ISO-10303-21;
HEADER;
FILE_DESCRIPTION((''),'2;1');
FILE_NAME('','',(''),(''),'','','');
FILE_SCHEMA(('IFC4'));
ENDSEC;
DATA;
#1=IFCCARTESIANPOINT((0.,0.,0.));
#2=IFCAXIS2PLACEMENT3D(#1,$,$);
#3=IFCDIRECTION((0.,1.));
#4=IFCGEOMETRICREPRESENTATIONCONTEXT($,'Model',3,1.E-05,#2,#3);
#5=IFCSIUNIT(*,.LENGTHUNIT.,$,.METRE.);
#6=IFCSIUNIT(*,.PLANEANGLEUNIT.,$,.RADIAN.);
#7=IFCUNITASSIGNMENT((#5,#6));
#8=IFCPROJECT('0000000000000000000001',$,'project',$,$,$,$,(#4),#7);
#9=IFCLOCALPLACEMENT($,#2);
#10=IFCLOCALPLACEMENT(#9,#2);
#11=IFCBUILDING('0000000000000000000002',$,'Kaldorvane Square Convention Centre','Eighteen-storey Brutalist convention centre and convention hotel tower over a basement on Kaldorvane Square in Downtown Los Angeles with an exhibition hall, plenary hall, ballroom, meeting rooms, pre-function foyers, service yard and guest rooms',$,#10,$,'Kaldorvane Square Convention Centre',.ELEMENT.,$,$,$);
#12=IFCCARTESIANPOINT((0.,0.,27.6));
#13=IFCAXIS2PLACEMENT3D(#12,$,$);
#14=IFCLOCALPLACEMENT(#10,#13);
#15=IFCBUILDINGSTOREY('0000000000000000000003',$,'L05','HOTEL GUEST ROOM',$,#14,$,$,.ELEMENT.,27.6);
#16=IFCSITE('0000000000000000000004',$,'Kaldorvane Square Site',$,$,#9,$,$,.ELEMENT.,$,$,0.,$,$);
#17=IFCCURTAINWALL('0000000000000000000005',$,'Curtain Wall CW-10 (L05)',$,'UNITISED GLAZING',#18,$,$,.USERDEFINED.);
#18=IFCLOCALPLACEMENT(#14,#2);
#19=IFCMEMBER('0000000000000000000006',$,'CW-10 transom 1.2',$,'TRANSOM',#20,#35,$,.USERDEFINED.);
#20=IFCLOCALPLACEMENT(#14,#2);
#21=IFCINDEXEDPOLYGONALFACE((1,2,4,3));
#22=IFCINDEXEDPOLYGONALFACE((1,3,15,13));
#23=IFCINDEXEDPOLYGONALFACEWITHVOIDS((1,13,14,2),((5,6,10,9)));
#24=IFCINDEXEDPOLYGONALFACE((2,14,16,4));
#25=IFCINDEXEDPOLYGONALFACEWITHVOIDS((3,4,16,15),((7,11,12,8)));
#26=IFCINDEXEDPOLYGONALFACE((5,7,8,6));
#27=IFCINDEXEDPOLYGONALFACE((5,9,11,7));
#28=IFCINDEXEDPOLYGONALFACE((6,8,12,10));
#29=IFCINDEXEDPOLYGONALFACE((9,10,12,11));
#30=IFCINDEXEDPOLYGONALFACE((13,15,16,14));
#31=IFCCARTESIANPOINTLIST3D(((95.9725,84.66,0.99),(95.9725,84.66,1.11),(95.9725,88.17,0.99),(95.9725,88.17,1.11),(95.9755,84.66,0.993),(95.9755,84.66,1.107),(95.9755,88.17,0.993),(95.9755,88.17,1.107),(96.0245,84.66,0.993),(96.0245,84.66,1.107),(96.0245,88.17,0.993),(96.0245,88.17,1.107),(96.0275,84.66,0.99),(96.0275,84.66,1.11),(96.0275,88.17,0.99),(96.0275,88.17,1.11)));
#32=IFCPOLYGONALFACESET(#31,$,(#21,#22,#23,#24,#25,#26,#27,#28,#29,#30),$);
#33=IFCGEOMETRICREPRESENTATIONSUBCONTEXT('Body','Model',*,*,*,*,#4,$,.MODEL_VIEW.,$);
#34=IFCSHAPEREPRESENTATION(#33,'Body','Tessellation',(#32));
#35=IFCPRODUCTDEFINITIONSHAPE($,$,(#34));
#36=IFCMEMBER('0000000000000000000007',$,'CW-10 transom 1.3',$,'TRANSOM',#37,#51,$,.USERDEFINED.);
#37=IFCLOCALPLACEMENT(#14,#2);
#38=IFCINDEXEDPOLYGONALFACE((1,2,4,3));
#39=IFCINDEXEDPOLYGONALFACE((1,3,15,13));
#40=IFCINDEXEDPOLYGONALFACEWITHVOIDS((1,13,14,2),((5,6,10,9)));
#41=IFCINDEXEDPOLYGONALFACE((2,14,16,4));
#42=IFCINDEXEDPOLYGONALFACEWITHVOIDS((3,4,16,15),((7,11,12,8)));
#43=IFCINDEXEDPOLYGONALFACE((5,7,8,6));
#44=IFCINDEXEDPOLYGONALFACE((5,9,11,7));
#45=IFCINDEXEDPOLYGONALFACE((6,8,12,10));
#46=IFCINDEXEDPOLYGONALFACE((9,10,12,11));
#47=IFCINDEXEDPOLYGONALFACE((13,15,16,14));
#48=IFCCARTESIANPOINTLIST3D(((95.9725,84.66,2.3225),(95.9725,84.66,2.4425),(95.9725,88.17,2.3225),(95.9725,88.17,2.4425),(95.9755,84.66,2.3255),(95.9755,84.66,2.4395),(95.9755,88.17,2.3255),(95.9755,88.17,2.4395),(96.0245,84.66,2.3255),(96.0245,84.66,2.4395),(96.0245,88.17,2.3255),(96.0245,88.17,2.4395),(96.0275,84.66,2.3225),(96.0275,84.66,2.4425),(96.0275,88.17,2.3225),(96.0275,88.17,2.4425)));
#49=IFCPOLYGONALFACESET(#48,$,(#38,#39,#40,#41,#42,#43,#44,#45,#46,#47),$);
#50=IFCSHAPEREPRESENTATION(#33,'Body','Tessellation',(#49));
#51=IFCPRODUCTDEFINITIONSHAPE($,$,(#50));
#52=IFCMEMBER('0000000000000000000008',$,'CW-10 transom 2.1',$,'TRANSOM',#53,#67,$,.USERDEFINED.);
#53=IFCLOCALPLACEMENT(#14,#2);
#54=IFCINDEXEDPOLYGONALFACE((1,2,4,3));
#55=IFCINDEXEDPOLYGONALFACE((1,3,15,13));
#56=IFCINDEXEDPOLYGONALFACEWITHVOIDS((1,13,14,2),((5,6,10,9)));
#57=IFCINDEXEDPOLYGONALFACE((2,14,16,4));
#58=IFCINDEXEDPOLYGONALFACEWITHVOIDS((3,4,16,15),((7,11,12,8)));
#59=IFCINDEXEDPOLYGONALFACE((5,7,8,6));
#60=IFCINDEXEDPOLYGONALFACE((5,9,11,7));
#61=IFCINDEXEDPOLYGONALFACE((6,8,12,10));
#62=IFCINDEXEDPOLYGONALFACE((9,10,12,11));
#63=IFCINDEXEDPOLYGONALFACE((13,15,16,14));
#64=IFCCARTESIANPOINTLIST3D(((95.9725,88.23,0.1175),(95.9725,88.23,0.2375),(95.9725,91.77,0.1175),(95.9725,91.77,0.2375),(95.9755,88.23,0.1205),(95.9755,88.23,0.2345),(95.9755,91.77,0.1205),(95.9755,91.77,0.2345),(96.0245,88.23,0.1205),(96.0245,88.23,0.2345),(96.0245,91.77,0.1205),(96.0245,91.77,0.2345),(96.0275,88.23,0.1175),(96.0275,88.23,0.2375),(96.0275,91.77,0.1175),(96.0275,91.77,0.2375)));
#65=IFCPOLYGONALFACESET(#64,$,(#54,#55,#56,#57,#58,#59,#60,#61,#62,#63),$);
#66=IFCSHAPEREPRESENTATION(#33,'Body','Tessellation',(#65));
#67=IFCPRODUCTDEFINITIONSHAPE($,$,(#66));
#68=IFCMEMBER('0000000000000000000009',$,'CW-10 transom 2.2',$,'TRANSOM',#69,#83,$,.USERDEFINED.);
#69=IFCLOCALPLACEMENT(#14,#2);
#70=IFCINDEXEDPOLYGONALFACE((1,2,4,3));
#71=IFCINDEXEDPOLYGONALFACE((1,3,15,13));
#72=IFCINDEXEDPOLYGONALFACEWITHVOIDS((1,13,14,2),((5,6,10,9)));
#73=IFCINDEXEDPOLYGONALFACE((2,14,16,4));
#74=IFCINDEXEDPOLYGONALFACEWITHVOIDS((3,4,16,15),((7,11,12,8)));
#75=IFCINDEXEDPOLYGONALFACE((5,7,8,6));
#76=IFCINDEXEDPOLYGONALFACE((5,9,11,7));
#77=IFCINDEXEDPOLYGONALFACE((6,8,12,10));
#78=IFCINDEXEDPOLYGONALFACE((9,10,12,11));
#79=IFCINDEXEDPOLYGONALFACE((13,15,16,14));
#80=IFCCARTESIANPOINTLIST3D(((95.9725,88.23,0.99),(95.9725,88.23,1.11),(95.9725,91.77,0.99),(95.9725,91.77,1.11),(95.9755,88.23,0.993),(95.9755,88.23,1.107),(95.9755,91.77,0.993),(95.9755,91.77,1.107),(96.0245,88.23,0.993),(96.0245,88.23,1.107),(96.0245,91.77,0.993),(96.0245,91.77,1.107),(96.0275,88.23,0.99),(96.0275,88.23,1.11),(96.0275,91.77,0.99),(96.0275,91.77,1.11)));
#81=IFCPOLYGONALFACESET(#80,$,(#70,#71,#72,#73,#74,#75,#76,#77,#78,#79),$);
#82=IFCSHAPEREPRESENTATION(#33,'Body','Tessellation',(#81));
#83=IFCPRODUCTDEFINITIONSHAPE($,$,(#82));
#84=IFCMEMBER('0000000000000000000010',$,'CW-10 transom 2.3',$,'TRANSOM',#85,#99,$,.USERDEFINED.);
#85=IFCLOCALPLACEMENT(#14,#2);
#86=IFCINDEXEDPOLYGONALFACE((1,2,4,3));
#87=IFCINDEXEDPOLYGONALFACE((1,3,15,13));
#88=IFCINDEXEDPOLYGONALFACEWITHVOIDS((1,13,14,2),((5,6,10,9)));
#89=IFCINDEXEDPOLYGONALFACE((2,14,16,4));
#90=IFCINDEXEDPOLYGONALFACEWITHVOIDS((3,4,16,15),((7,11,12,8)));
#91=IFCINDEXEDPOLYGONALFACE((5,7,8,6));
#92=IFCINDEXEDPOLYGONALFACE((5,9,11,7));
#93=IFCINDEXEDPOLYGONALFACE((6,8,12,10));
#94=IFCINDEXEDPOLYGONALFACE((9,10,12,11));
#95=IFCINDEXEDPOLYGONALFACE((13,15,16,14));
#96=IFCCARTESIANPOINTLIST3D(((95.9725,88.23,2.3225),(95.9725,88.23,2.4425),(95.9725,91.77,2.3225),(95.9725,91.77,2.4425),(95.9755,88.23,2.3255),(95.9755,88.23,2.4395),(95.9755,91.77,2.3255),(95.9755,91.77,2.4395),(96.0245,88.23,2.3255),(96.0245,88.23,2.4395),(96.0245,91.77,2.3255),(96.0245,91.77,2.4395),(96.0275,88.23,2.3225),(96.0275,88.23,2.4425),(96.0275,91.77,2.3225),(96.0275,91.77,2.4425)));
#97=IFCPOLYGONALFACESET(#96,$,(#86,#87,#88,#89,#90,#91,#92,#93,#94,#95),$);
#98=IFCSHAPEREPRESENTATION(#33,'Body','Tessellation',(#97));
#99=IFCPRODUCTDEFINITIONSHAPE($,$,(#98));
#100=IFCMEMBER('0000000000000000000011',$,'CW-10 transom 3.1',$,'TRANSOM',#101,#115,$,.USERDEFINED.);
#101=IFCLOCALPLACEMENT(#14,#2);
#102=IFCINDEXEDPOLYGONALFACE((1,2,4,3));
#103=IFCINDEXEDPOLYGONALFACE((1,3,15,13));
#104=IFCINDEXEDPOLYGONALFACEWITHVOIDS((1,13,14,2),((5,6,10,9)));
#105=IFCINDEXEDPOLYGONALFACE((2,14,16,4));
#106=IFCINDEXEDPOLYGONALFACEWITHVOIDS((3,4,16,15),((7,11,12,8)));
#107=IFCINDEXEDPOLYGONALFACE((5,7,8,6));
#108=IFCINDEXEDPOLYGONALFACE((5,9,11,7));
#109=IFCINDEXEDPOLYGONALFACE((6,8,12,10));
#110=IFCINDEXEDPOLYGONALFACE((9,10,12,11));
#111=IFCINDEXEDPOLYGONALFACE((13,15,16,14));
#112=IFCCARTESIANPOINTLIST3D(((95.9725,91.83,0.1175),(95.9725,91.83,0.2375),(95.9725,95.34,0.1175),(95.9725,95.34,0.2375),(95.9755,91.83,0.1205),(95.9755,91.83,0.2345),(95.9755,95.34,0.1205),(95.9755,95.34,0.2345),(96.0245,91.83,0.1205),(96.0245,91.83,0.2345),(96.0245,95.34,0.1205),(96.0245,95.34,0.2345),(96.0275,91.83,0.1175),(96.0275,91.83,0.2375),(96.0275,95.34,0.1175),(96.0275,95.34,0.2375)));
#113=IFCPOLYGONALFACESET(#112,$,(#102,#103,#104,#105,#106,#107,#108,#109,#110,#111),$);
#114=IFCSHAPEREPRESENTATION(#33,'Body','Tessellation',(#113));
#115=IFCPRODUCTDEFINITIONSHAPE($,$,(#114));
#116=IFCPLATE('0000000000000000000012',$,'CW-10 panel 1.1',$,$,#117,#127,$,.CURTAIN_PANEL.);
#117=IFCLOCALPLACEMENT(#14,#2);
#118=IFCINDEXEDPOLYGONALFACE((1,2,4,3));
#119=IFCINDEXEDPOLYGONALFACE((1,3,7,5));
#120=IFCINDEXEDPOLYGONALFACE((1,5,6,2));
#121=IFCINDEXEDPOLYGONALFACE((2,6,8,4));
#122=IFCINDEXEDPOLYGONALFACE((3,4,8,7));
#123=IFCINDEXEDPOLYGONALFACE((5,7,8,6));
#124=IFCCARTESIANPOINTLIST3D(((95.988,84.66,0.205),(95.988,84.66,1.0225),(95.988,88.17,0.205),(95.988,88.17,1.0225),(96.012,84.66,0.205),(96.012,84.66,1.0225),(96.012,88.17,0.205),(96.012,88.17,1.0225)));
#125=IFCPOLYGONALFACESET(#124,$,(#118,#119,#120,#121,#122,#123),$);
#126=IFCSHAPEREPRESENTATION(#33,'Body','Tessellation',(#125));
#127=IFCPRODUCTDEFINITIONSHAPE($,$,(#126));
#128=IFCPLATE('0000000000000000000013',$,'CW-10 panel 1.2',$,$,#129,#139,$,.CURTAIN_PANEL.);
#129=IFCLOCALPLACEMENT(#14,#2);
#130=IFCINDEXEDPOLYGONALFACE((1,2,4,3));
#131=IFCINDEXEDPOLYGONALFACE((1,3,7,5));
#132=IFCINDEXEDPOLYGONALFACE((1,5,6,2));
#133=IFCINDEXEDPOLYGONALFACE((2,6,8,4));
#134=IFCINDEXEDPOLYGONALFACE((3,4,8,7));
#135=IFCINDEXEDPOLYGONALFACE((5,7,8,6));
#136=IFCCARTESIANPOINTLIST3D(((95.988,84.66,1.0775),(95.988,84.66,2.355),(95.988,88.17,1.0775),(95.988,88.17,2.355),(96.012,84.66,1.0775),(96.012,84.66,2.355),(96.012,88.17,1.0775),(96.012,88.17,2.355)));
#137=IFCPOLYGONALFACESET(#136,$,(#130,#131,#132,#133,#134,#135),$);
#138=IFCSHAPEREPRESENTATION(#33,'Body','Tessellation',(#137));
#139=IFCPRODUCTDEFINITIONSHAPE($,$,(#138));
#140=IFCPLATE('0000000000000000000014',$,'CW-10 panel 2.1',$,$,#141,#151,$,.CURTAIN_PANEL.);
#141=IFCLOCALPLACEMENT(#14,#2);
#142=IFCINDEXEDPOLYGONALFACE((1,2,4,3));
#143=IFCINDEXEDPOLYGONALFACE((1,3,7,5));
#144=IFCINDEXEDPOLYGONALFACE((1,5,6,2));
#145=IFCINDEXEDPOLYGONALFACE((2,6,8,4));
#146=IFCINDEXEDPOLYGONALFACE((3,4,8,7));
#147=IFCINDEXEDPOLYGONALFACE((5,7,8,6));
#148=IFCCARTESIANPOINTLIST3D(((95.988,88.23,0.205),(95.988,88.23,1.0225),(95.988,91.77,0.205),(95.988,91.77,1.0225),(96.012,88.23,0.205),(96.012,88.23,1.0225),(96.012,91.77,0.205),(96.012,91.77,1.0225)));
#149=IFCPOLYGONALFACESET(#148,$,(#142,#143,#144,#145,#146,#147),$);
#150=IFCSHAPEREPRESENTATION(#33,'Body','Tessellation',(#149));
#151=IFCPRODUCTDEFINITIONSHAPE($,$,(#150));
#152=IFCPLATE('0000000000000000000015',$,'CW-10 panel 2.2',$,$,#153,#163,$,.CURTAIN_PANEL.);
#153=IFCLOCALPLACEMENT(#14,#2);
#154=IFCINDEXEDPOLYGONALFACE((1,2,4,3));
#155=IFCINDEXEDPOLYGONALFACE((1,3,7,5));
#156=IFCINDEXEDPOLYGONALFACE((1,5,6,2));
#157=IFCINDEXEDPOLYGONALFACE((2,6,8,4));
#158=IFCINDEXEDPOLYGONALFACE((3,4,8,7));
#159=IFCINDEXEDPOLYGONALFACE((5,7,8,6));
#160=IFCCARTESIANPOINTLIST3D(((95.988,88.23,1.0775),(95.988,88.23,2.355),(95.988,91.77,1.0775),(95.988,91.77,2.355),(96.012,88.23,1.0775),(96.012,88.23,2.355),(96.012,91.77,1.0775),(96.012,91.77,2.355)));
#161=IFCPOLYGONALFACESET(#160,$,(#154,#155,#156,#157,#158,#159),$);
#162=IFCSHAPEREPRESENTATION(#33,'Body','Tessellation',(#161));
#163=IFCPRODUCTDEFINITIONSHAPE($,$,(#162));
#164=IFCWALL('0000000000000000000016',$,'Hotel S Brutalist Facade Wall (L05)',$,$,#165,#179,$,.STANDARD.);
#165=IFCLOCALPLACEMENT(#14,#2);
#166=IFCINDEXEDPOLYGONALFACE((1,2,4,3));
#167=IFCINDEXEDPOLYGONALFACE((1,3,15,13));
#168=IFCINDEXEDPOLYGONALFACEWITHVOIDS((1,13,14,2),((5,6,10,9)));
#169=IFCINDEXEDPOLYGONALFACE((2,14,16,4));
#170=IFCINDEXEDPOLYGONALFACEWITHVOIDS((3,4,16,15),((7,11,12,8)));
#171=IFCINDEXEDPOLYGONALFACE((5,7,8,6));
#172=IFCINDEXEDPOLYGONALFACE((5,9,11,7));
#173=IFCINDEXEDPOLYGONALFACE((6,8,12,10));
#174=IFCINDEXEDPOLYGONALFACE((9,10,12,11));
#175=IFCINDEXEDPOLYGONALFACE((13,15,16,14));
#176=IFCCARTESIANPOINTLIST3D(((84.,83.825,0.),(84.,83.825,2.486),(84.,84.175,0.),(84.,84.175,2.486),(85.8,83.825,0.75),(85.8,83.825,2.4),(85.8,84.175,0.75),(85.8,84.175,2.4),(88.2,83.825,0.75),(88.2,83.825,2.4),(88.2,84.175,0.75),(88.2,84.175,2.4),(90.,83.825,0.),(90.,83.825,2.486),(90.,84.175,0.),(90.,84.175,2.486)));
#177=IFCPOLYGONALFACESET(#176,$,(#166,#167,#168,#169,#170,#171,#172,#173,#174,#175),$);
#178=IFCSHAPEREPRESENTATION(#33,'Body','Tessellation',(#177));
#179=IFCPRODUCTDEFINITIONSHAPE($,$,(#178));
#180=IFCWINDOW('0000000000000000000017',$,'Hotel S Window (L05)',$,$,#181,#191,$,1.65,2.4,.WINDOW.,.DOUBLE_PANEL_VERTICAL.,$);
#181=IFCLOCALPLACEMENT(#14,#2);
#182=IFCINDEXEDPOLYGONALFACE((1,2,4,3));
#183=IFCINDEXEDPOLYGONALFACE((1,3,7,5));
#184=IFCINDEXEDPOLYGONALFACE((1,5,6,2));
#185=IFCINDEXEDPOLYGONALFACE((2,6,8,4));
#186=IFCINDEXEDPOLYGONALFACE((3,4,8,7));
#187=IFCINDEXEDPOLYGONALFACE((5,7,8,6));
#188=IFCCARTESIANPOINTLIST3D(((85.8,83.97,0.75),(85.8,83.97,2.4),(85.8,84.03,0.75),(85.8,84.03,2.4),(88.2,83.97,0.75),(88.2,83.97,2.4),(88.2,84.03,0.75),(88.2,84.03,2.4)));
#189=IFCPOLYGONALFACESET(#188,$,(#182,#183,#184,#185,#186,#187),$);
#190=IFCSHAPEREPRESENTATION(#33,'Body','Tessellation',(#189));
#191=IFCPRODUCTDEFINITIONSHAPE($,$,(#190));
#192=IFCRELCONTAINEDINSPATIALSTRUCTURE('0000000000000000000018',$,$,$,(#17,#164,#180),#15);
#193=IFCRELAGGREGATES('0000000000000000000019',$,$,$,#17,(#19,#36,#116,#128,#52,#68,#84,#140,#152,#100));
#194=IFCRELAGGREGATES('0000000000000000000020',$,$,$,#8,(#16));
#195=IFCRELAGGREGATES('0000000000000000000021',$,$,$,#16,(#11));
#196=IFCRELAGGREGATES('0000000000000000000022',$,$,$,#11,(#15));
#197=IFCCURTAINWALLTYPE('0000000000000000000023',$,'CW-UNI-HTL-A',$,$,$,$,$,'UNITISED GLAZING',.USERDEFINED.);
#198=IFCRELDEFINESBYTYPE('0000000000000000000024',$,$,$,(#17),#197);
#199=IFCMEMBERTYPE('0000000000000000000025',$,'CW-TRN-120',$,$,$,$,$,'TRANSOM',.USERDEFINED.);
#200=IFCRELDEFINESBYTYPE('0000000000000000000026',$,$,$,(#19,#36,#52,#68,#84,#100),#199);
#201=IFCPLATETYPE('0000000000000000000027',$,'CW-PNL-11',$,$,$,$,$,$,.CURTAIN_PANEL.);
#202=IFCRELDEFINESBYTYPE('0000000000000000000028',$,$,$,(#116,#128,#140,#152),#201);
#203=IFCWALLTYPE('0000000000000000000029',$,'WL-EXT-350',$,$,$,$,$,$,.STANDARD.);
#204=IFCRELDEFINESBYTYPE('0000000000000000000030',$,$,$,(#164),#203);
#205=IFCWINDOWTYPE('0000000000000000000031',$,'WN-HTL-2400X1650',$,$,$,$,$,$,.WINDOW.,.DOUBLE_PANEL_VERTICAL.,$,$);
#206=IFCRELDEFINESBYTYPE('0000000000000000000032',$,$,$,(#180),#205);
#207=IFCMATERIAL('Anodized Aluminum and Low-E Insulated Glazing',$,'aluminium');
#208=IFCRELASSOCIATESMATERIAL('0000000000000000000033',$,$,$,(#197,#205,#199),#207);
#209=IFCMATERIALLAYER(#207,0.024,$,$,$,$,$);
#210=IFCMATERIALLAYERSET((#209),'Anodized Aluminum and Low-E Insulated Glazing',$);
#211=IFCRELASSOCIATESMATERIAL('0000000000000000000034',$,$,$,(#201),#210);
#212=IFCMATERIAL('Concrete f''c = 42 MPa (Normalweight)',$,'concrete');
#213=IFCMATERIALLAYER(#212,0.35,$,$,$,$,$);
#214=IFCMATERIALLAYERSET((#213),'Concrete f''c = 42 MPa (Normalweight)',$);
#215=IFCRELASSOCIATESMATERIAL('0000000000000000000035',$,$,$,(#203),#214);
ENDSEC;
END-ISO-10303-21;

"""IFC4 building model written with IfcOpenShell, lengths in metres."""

from ifc_helpers import new_model, si_unit, direction, frame, frame_2d, origin, origin_2d, place, context, subcontext, project, spatial, rectangle, hollow_rectangle, extrude, material, layer, layer_set, material_profile, profile_set, type_object, element, fill, aggregate, save


model = new_model("IFC4")

# Units and contexts
model_context = context("Model", 3, precision=1e-05, world=origin(), true_north=direction((0.0, 1.0)))
body_context = subcontext(model_context, "Body", "Model", "MODEL_VIEW")
ifc_project = project(units=[si_unit("LENGTHUNIT", "METRE"), si_unit("PLANEANGLEUNIT", "RADIAN")], contexts=[model_context])

# Site, building, storey
site_placement = place(None, origin())
site = spatial("IfcSite", under=ifc_project, at=site_placement, Name="Kaldorvane Square Site", CompositionType="ELEMENT", RefElevation=0.0)
building_placement = place(site_placement, origin())
building = spatial("IfcBuilding", under=site, at=building_placement, Name="Kaldorvane Square Convention Centre", Description="Eighteen-storey Brutalist convention centre and convention hotel tower over a basement on Kaldorvane Square in Downtown Los Angeles with an exhibition hall, plenary hall, ballroom, meeting rooms, pre-function foyers, service yard and guest rooms", LongName="Kaldorvane Square Convention Centre", CompositionType="ELEMENT")
storey_placement = place(building_placement, frame((0.0, 0.0, 27.6)))
storey = spatial("IfcBuildingStorey", under=building, at=storey_placement, Name="L05", Description="HOTEL GUEST ROOM", CompositionType="ELEMENT", Elevation=27.6)

# Shared definitions
ifc_material_1 = material(Name="Concrete f'c = 42 MPa (Normalweight)", Category="concrete")

# Curtain wall, members, plates
ifc_material_2 = material(Name="Anodized Aluminum and Low-E Insulated Glazing", Category="aluminium")
curtain_wall_type = type_object("IfcCurtainWallType", Name="CW-UNI-HTL-A", ElementType="UNITISED GLAZING", PredefinedType="USERDEFINED", material=ifc_material_2)
curtain_wall_placement = place(storey_placement, origin())
curtain_wall = element("IfcCurtainWall", 1, at=curtain_wall_placement, inside=storey, type_object=curtain_wall_type, Name="Curtain Wall CW-10 (L05)", ObjectType="UNITISED GLAZING", PredefinedType="USERDEFINED")
ifc_material_profile_1 = material_profile(ifc_material_2, hollow_rectangle(XDim=0.055, YDim=0.12, WallThickness=0.003, at=origin_2d()), Name="CWT-120X55")
ifc_profile_set_1 = profile_set([ifc_material_profile_1], Name="Anodized Aluminum and Low-E Insulated Glazing")
member_type_1 = type_object("IfcMemberType", Name="CW-TRN-120", ElementType="TRANSOM", PredefinedType="USERDEFINED", material=ifc_profile_set_1)
member_1_placement = place(storey_placement, frame((96.0, 84.66, 1.05), z_axis=(0.0, 1.0, 0.0), x_axis=(-1.0, 0.0, 0.0)))
member_1 = element("IfcMember", 2, at=member_1_placement, type_object=member_type_1, Name="CW-10 transom 1.2", ObjectType="TRANSOM", PredefinedType="USERDEFINED", context=body_context, shape_type="SweptSolid", body=[
    extrude(hollow_rectangle(XDim=0.055, YDim=0.12, WallThickness=0.003, at=origin_2d()), origin(), (0.0, 0.0, 1.0), 3.51),
])
member_2_placement = place(storey_placement, frame((96.0, 84.66, 2.3825), z_axis=(0.0, 1.0, 0.0), x_axis=(-1.0, 0.0, 0.0)))
member_2 = element("IfcMember", 3, at=member_2_placement, type_object=member_type_1, Name="CW-10 transom 1.3", ObjectType="TRANSOM", PredefinedType="USERDEFINED", context=body_context, shape_type="SweptSolid", body=[
    extrude(hollow_rectangle(XDim=0.055, YDim=0.12, WallThickness=0.003, at=origin_2d()), origin(), (0.0, 0.0, 1.0), 3.51),
])
member_3_placement = place(storey_placement, frame((96.0, 88.23, 0.1775), z_axis=(0.0, 1.0, 0.0), x_axis=(-1.0, 0.0, 0.0)))
member_3 = element("IfcMember", 4, at=member_3_placement, type_object=member_type_1, Name="CW-10 transom 2.1", ObjectType="TRANSOM", PredefinedType="USERDEFINED", context=body_context, shape_type="SweptSolid", body=[
    extrude(hollow_rectangle(XDim=0.055, YDim=0.12, WallThickness=0.003, at=origin_2d()), origin(), (0.0, 0.0, 1.0), 3.54),
])
member_4_placement = place(storey_placement, frame((96.0, 88.23, 1.05), z_axis=(0.0, 1.0, 0.0), x_axis=(-1.0, 0.0, 0.0)))
member_4 = element("IfcMember", 5, at=member_4_placement, type_object=member_type_1, Name="CW-10 transom 2.2", ObjectType="TRANSOM", PredefinedType="USERDEFINED", context=body_context, shape_type="SweptSolid", body=[
    extrude(hollow_rectangle(XDim=0.055, YDim=0.12, WallThickness=0.003, at=origin_2d()), origin(), (0.0, 0.0, 1.0), 3.54),
])
member_5_placement = place(storey_placement, frame((96.0, 88.23, 2.3825), z_axis=(0.0, 1.0, 0.0), x_axis=(-1.0, 0.0, 0.0)))
member_5 = element("IfcMember", 6, at=member_5_placement, type_object=member_type_1, Name="CW-10 transom 2.3", ObjectType="TRANSOM", PredefinedType="USERDEFINED", context=body_context, shape_type="SweptSolid", body=[
    extrude(hollow_rectangle(XDim=0.055, YDim=0.12, WallThickness=0.003, at=origin_2d()), origin(), (0.0, 0.0, 1.0), 3.54),
])
member_6_placement = place(storey_placement, frame((96.0, 91.83, 0.1775), z_axis=(0.0, 1.0, 0.0), x_axis=(-1.0, 0.0, 0.0)))
member_6 = element("IfcMember", 7, at=member_6_placement, type_object=member_type_1, Name="CW-10 transom 3.1", ObjectType="TRANSOM", PredefinedType="USERDEFINED", context=body_context, shape_type="SweptSolid", body=[
    extrude(hollow_rectangle(XDim=0.055, YDim=0.12, WallThickness=0.003, at=origin_2d()), origin(), (0.0, 0.0, 1.0), 3.51),
])
ifc_layer_1 = layer(ifc_material_2, 0.024)
ifc_layer_set_1 = layer_set([ifc_layer_1], Name="Anodized Aluminum and Low-E Insulated Glazing")
plate_type = type_object("IfcPlateType", Name="CW-PNL-11", PredefinedType="CURTAIN_PANEL", material=ifc_layer_set_1)
plate_1_placement = place(storey_placement, frame((96.0, 86.415, 0.205), z_axis=(0.0, 0.0, 1.0), x_axis=(0.0, 1.0, 0.0)))
plate_1 = element("IfcPlate", 8, at=plate_1_placement, type_object=plate_type, Name="CW-10 panel 1.1", PredefinedType="CURTAIN_PANEL", context=body_context, shape_type="SweptSolid", body=[
    extrude(rectangle(XDim=3.51, YDim=0.024, at=origin_2d()), origin(), (0.0, 0.0, 1.0), 0.8175),
])
plate_2_placement = place(storey_placement, frame((96.0, 86.415, 1.0775), z_axis=(0.0, 0.0, 1.0), x_axis=(0.0, 1.0, 0.0)))
plate_2 = element("IfcPlate", 9, at=plate_2_placement, type_object=plate_type, Name="CW-10 panel 1.2", PredefinedType="CURTAIN_PANEL", context=body_context, shape_type="SweptSolid", body=[
    extrude(rectangle(XDim=3.51, YDim=0.024, at=origin_2d()), origin(), (0.0, 0.0, 1.0), 1.2775),
])
plate_3_placement = place(storey_placement, frame((96.0, 90.0, 0.205), z_axis=(0.0, 0.0, 1.0), x_axis=(0.0, 1.0, 0.0)))
plate_3 = element("IfcPlate", 10, at=plate_3_placement, type_object=plate_type, Name="CW-10 panel 2.1", PredefinedType="CURTAIN_PANEL", context=body_context, shape_type="SweptSolid", body=[
    extrude(rectangle(XDim=3.54, YDim=0.024, at=origin_2d()), origin(), (0.0, 0.0, 1.0), 0.8175),
])
plate_4_placement = place(storey_placement, frame((96.0, 90.0, 1.0775), z_axis=(0.0, 0.0, 1.0), x_axis=(0.0, 1.0, 0.0)))
plate_4 = element("IfcPlate", 11, at=plate_4_placement, type_object=plate_type, Name="CW-10 panel 2.2", PredefinedType="CURTAIN_PANEL", context=body_context, shape_type="SweptSolid", body=[
    extrude(rectangle(XDim=3.54, YDim=0.024, at=origin_2d()), origin(), (0.0, 0.0, 1.0), 1.2775),
])
aggregate(curtain_wall, [member_1, member_2, plate_1, plate_2, member_3, member_4, member_5, plate_3, plate_4, member_6])

# Wall, opening, window
ifc_layer_2 = layer(ifc_material_1, 0.35)
ifc_layer_set_2 = layer_set([ifc_layer_2], Name="Concrete f'c = 42 MPa (Normalweight)")
wall_type_1 = type_object("IfcWallType", Name="WL-EXT-350", PredefinedType="STANDARD", material=ifc_layer_set_2)
wall_1_placement = place(storey_placement, frame((84.0, 84.0, 0.0), z_axis=(0.0, 0.0, 1.0), x_axis=(1.0, 0.0, 0.0)))
wall_1 = element("IfcWall", 12, at=wall_1_placement, inside=storey, type_object=wall_type_1, Name="Hotel S Brutalist Facade Wall (L05)", PredefinedType="STANDARD", context=body_context, shape_type="SweptSolid", body=[
    extrude(rectangle(XDim=6.0, YDim=0.35, at=frame_2d((3.0, 0.0))), origin(), (0.0, 0.0, 1.0), 2.486),
])
opening_1_placement = place(wall_1_placement, frame((1.8, 0.0, 0.75)))
opening_1 = element("IfcOpeningElement", 13, at=opening_1_placement, cuts=wall_1, PredefinedType="OPENING", context=body_context, shape_type="SweptSolid", body=[
    extrude(rectangle(XDim=2.4, YDim=1.65, at=frame_2d((1.2, 0.825))), frame((0.0, 0.19, 0.0), z_axis=(0.0, -1.0, 0.0), x_axis=(1.0, 0.0, 0.0)), (0.0, 0.0, 1.0), 0.38),
])
window_type = type_object("IfcWindowType", Name="WN-HTL-2400X1650", PartitioningType="DOUBLE_PANEL_VERTICAL", PredefinedType="WINDOW", material=ifc_material_2)
window_1_placement = place(opening_1_placement, origin())
window_1 = element("IfcWindow", 14, at=window_1_placement, inside=storey, type_object=window_type, Name="Hotel S Window (L05)", OverallHeight=1.65, OverallWidth=2.4, PartitioningType="DOUBLE_PANEL_VERTICAL", PredefinedType="WINDOW", context=body_context, shape_type="SweptSolid", body=[
    extrude(rectangle(XDim=2.4, YDim=1.65, at=frame_2d((1.2, 0.825))), frame((0.0, 0.03, 0.0), z_axis=(0.0, -1.0, 0.0), x_axis=(1.0, 0.0, 0.0)), (0.0, 0.0, 1.0), 0.06),
])
fill(opening_1, window_1)

save(model, "model.ifc")
